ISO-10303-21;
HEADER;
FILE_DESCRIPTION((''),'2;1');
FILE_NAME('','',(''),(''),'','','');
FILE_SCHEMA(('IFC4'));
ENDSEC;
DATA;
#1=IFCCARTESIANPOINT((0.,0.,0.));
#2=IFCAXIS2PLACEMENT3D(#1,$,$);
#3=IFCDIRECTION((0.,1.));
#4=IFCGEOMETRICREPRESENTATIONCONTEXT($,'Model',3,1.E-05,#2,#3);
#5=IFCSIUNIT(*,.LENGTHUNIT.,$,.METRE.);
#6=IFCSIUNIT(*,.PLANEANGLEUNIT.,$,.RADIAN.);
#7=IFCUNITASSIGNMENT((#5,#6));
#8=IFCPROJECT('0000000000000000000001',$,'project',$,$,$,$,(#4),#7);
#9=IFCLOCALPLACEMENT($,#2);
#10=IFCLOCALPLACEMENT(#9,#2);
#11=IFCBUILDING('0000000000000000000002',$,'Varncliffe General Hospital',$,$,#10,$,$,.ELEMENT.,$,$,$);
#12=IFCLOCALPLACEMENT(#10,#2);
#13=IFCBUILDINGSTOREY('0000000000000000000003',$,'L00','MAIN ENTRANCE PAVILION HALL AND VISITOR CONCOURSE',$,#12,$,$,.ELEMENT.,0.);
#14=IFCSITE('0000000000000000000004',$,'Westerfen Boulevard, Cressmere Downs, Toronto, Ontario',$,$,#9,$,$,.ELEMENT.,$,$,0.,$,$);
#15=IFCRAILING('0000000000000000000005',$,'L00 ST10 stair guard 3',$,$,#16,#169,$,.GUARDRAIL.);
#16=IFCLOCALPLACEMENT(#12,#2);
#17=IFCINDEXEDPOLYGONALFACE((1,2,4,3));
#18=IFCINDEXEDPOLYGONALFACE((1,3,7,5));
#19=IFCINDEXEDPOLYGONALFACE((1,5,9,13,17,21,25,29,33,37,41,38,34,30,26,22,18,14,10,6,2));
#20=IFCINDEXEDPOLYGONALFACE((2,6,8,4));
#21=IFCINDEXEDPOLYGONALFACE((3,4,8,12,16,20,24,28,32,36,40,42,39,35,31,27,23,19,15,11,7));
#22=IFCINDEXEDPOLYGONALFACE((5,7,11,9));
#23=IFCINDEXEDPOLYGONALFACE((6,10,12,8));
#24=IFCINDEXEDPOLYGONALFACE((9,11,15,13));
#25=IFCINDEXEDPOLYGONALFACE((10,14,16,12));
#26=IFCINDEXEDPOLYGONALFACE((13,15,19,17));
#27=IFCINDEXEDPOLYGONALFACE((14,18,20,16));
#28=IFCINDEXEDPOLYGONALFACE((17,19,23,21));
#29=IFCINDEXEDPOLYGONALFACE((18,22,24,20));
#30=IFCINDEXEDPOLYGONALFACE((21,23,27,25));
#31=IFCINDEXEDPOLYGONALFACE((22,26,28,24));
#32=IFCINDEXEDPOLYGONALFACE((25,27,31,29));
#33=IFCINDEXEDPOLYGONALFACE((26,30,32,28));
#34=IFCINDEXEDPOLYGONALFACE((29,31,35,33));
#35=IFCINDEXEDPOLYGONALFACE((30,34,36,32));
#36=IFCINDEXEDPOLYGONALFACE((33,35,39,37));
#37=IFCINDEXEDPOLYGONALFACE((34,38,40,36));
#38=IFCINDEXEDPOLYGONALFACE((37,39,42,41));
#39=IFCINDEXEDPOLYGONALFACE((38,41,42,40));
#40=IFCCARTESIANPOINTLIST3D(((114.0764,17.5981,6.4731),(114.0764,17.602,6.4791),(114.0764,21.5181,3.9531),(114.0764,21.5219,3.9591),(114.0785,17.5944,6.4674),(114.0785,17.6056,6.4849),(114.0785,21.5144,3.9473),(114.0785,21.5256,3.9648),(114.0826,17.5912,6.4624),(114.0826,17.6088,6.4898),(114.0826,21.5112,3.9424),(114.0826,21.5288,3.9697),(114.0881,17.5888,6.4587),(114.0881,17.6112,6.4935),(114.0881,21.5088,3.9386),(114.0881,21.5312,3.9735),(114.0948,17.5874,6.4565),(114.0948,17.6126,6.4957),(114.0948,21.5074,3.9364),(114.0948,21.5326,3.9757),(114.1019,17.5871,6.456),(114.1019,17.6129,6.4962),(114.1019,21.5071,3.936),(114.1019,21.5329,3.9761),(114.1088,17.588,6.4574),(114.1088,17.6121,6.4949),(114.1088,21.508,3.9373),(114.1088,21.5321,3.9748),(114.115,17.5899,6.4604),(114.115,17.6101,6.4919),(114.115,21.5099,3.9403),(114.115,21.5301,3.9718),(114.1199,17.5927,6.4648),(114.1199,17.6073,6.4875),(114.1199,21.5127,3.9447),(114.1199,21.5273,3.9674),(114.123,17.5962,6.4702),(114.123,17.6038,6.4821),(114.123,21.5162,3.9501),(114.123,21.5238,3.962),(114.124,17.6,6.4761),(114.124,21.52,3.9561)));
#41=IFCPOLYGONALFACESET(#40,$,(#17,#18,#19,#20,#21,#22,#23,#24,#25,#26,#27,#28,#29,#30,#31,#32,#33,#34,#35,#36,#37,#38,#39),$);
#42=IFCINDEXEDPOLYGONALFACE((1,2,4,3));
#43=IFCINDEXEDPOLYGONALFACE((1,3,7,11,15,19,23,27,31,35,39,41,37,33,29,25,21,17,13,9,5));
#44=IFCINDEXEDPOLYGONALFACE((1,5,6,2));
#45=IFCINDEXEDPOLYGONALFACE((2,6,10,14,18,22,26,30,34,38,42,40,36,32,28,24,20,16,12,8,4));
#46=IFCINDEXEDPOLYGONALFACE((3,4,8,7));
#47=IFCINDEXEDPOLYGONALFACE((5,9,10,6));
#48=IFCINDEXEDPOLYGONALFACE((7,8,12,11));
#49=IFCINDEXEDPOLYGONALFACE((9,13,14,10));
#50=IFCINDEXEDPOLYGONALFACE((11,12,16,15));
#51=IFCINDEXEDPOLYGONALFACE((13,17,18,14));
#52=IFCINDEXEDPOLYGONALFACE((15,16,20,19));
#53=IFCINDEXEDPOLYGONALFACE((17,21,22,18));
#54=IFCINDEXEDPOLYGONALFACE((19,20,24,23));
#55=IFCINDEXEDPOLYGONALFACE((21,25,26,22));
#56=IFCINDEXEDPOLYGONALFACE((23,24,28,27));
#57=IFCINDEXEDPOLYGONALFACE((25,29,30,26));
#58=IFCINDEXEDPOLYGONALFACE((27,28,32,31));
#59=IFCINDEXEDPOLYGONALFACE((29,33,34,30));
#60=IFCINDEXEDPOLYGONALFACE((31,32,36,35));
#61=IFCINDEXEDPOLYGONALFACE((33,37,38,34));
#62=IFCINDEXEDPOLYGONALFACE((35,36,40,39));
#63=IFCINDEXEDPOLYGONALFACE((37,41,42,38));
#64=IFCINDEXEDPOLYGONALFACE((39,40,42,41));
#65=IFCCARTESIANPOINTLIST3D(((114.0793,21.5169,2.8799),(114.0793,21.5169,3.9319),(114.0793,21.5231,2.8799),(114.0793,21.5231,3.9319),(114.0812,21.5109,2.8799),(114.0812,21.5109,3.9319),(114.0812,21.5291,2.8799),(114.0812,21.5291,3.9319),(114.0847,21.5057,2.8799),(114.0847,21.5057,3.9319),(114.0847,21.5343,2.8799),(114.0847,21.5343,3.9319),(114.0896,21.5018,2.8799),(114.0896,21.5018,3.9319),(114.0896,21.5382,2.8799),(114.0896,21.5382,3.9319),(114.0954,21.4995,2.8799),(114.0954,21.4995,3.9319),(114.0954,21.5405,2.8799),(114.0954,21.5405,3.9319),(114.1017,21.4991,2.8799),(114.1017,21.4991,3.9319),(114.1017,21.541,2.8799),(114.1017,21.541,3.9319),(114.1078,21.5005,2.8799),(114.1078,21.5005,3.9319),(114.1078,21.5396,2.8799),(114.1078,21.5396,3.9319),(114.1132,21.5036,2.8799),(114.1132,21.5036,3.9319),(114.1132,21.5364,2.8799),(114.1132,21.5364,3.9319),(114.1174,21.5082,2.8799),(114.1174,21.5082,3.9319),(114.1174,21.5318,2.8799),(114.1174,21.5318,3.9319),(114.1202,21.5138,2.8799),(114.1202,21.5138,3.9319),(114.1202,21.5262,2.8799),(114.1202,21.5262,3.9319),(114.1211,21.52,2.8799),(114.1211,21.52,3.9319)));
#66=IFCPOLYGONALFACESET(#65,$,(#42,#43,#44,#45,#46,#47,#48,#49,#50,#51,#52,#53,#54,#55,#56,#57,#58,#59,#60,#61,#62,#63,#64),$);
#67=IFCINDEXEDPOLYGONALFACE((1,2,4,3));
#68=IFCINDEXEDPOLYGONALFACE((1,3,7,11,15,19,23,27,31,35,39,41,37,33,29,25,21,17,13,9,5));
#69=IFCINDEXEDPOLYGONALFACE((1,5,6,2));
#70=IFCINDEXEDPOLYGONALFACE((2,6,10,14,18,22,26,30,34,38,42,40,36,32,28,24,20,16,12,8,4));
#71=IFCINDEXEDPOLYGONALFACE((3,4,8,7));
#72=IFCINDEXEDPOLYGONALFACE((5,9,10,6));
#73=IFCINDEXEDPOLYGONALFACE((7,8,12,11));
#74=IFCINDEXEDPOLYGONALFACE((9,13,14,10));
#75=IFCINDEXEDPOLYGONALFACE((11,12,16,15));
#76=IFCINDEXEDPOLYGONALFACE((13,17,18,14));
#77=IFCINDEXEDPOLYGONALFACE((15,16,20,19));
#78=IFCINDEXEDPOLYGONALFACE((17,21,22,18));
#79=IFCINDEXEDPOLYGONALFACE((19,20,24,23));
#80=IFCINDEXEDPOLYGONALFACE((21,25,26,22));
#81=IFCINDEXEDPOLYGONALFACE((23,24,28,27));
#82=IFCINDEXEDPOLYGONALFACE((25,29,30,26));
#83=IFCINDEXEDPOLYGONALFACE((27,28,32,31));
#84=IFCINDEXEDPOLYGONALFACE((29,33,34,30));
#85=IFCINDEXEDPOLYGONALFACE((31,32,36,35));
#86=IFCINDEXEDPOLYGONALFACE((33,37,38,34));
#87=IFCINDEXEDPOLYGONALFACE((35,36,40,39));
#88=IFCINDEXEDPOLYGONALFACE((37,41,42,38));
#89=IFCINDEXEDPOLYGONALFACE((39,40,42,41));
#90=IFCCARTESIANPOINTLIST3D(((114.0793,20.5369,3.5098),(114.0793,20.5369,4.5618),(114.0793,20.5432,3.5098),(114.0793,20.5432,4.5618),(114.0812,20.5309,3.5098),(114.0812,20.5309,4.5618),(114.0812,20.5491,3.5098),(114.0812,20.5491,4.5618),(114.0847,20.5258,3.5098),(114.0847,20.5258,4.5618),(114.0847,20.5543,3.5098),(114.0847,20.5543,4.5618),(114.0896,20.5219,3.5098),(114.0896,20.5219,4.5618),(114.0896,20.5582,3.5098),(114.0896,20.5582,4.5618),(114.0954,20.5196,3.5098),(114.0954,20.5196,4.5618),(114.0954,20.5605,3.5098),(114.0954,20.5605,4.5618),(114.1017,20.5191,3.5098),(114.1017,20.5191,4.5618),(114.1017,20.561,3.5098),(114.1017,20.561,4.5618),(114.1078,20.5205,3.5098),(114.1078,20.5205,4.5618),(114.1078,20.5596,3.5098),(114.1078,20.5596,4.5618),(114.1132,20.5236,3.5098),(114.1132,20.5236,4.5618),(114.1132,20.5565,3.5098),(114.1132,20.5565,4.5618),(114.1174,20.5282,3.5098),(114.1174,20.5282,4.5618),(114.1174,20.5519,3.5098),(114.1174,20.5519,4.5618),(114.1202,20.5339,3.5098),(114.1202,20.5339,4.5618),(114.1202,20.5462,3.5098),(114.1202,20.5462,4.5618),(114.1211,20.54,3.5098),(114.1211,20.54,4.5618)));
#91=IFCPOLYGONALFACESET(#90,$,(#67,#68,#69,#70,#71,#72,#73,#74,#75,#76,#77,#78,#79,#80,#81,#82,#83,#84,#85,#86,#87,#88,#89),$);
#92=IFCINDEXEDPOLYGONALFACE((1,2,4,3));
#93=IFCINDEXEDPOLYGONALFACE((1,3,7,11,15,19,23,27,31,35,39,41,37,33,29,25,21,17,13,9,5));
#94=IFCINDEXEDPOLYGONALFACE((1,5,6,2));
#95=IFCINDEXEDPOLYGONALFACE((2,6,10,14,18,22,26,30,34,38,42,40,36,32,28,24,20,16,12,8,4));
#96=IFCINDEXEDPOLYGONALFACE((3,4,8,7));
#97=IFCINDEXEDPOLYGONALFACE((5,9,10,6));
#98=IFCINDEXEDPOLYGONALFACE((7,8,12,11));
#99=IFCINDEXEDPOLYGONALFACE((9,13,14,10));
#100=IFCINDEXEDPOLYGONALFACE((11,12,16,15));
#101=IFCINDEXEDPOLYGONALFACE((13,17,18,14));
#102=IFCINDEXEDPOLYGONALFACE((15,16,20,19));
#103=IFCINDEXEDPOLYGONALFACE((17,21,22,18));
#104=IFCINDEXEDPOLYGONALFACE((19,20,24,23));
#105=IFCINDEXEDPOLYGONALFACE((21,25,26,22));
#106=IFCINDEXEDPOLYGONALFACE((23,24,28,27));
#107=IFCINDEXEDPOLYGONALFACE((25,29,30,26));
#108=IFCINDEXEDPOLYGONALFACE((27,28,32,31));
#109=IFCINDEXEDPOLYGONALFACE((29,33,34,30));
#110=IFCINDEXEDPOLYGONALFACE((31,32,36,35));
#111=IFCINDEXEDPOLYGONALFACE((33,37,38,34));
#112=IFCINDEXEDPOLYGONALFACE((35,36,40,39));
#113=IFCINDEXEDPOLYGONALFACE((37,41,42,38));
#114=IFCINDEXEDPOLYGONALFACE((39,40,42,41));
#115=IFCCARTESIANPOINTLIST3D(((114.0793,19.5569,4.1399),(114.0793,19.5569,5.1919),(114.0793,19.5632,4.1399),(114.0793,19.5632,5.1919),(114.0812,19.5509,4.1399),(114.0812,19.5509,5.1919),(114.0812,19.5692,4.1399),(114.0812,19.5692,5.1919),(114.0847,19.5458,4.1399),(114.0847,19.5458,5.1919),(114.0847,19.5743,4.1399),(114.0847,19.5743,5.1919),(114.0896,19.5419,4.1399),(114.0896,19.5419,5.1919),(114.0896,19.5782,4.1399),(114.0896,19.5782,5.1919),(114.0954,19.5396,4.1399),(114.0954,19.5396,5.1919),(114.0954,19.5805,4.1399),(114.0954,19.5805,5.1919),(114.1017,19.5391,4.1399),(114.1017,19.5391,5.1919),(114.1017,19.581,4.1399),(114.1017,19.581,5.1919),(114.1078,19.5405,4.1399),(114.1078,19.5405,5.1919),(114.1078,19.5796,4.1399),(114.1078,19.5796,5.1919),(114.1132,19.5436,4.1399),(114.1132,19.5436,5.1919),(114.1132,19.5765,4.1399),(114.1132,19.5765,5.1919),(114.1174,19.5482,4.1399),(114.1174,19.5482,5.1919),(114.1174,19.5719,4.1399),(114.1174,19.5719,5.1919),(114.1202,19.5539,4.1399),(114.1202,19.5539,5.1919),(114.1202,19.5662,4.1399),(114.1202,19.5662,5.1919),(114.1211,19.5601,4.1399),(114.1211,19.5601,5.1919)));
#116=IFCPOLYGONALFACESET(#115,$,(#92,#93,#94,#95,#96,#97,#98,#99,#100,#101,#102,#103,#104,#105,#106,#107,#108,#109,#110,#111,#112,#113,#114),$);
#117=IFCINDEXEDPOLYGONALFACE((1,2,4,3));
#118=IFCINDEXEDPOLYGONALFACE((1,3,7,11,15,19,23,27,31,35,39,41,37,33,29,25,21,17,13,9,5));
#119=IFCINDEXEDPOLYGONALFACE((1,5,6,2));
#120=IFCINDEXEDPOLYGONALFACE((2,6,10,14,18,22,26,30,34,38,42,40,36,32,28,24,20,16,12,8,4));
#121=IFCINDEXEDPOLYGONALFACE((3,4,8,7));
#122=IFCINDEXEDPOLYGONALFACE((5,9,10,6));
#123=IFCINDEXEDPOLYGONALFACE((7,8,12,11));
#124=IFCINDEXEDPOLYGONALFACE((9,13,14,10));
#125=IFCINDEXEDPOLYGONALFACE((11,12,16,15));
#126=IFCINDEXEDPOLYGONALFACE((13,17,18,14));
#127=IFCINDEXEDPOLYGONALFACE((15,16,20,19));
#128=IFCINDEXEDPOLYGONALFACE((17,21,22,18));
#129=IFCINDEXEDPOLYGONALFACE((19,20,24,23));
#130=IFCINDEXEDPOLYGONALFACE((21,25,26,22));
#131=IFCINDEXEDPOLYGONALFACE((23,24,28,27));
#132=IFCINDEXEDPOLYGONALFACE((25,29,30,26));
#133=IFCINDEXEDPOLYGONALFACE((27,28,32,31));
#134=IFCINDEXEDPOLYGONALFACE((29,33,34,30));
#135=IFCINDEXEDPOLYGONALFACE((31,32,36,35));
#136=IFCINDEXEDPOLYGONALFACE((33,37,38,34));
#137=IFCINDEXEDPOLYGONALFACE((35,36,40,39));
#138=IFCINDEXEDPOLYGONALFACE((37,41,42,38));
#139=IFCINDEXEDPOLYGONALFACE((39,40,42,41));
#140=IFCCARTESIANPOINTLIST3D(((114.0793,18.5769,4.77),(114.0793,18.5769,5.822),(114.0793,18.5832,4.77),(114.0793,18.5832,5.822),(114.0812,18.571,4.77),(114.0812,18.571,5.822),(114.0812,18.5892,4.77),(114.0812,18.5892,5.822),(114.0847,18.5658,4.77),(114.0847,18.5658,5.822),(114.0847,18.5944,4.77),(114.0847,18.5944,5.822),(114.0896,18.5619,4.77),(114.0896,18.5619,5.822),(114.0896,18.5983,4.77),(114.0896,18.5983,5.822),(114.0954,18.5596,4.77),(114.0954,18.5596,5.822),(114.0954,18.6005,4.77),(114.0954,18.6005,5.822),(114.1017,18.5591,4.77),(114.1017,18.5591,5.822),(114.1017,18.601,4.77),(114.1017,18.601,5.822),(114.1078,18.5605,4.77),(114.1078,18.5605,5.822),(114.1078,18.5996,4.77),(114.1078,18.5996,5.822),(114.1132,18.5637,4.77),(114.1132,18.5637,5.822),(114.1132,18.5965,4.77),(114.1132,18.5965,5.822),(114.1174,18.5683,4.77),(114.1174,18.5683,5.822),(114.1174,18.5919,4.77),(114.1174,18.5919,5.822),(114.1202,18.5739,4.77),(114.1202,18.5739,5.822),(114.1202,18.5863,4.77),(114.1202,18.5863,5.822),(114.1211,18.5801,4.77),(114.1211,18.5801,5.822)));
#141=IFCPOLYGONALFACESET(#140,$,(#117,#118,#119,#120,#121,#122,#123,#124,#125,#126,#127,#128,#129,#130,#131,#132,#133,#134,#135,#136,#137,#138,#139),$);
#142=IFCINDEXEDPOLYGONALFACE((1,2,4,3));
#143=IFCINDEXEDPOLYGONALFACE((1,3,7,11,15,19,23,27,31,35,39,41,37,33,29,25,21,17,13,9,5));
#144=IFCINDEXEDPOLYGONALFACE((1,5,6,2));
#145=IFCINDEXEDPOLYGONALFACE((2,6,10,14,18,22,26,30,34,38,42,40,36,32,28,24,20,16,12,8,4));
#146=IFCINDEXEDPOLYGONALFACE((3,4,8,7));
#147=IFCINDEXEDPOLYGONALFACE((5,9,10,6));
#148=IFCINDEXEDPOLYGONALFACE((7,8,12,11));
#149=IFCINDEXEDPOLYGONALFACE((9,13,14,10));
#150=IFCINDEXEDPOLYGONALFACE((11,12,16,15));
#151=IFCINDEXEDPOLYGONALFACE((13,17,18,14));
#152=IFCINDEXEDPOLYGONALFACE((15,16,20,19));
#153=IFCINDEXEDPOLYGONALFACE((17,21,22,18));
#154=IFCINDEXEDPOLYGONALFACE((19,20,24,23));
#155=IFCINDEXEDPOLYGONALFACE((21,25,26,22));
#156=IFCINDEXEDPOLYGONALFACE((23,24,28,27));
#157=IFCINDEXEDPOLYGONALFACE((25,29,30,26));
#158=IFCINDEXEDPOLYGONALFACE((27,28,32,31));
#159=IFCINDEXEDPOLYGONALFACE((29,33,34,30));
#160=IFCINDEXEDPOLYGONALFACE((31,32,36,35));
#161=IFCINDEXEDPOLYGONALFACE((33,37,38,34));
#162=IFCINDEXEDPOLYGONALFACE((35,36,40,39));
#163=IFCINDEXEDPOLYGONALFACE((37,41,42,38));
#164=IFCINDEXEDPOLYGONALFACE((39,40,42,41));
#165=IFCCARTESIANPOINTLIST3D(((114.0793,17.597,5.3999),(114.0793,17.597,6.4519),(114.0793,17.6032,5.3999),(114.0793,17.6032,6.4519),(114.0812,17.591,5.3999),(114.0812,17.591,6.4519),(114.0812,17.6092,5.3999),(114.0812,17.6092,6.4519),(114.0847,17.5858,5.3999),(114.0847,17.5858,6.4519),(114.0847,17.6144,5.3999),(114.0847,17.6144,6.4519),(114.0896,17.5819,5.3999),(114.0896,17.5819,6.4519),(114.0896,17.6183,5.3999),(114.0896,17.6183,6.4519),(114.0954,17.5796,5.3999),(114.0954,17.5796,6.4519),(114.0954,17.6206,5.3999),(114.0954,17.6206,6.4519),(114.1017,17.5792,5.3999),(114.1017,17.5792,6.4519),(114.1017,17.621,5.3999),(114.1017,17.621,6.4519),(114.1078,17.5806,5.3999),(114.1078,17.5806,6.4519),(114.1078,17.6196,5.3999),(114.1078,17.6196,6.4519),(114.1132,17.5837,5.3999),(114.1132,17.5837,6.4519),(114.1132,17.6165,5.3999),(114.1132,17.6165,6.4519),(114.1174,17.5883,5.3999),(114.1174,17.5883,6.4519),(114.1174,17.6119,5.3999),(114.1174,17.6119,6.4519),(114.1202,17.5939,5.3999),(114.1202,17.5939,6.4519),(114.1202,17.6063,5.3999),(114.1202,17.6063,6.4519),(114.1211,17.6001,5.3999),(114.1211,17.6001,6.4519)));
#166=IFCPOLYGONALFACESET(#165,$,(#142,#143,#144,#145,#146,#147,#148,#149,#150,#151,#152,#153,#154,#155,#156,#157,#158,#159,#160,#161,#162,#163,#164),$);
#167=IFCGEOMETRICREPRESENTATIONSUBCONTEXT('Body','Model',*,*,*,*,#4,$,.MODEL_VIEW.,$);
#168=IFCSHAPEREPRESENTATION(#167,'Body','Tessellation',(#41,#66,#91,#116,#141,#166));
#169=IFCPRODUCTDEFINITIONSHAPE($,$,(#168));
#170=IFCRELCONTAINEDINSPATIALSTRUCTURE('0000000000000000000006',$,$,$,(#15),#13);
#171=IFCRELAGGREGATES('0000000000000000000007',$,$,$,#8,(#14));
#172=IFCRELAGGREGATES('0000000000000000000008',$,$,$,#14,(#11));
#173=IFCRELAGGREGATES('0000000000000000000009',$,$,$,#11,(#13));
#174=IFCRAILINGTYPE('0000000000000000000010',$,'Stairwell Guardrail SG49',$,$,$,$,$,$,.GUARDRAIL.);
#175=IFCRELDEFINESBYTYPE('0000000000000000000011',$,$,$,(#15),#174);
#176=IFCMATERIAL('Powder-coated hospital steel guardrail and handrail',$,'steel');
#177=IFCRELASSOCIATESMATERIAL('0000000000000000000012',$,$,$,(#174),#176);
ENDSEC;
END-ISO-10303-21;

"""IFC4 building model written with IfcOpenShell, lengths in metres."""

from ifc_helpers import new_model, si_unit, direction, frame, origin, origin_2d, place, context, subcontext, project, spatial, circle, extrude, material, type_object, element, save


model = new_model("IFC4")

# Units and contexts
model_context = context("Model", 3, precision=1e-05, world=origin(), true_north=direction((0.0, 1.0)))
body_context = subcontext(model_context, "Body", "Model", "MODEL_VIEW")
ifc_project = project(units=[si_unit("LENGTHUNIT", "METRE"), si_unit("PLANEANGLEUNIT", "RADIAN")], contexts=[model_context])

# Site, building, storey
site_placement = place(None, origin())
site = spatial("IfcSite", under=ifc_project, at=site_placement, Name="Westerfen Boulevard, Cressmere Downs, Toronto, Ontario", CompositionType="ELEMENT", RefElevation=0.0)
building_placement = place(site_placement, origin())
building = spatial("IfcBuilding", under=site, at=building_placement, Name="Varncliffe General Hospital", CompositionType="ELEMENT")
storey_placement = place(building_placement, origin())
storey = spatial("IfcBuildingStorey", under=building, at=storey_placement, Name="L00", Description="MAIN ENTRANCE PAVILION HALL AND VISITOR CONCOURSE", CompositionType="ELEMENT", Elevation=0.0)

# Railing
ifc_material_1 = material(Name="Powder-coated hospital steel guardrail and handrail", Category="steel")
railing_type_1 = type_object("IfcRailingType", Name="Stairwell Guardrail SG49", PredefinedType="GUARDRAIL", material=ifc_material_1)
railing_1_placement = place(storey_placement, frame((114.1001, 21.52, 2.8799)))
element("IfcRailing", 1, at=railing_1_placement, inside=storey, type_object=railing_type_1, Name="L00 ST10 stair guard 3", PredefinedType="GUARDRAIL", context=body_context, shape_type="SweptSolid", body=[
    extrude(circle(Radius=0.0239, at=origin_2d()), frame((0.0, 0.0, 1.0762), z_axis=(0.0, -0.841172, 0.540768), x_axis=(1.0, 0.0, 0.0)), (0.0, 0.0, 1.0), 4.6602),
    extrude(circle(Radius=0.021, at=origin_2d()), origin(), (0.0, 0.0, 1.0), 1.052),
    extrude(circle(Radius=0.021, at=origin_2d()), frame((0.0, -0.98, 0.6299)), (0.0, 0.0, 1.0), 1.052),
    extrude(circle(Radius=0.021, at=origin_2d()), frame((0.0, -1.96, 1.26)), (0.0, 0.0, 1.0), 1.052),
    extrude(circle(Radius=0.021, at=origin_2d()), frame((0.0, -2.9399, 1.8901)), (0.0, 0.0, 1.0), 1.052),
    extrude(circle(Radius=0.021, at=origin_2d()), frame((0.0, -3.9199, 2.52)), (0.0, 0.0, 1.0), 1.052),
])

save(model, "model.ifc")
